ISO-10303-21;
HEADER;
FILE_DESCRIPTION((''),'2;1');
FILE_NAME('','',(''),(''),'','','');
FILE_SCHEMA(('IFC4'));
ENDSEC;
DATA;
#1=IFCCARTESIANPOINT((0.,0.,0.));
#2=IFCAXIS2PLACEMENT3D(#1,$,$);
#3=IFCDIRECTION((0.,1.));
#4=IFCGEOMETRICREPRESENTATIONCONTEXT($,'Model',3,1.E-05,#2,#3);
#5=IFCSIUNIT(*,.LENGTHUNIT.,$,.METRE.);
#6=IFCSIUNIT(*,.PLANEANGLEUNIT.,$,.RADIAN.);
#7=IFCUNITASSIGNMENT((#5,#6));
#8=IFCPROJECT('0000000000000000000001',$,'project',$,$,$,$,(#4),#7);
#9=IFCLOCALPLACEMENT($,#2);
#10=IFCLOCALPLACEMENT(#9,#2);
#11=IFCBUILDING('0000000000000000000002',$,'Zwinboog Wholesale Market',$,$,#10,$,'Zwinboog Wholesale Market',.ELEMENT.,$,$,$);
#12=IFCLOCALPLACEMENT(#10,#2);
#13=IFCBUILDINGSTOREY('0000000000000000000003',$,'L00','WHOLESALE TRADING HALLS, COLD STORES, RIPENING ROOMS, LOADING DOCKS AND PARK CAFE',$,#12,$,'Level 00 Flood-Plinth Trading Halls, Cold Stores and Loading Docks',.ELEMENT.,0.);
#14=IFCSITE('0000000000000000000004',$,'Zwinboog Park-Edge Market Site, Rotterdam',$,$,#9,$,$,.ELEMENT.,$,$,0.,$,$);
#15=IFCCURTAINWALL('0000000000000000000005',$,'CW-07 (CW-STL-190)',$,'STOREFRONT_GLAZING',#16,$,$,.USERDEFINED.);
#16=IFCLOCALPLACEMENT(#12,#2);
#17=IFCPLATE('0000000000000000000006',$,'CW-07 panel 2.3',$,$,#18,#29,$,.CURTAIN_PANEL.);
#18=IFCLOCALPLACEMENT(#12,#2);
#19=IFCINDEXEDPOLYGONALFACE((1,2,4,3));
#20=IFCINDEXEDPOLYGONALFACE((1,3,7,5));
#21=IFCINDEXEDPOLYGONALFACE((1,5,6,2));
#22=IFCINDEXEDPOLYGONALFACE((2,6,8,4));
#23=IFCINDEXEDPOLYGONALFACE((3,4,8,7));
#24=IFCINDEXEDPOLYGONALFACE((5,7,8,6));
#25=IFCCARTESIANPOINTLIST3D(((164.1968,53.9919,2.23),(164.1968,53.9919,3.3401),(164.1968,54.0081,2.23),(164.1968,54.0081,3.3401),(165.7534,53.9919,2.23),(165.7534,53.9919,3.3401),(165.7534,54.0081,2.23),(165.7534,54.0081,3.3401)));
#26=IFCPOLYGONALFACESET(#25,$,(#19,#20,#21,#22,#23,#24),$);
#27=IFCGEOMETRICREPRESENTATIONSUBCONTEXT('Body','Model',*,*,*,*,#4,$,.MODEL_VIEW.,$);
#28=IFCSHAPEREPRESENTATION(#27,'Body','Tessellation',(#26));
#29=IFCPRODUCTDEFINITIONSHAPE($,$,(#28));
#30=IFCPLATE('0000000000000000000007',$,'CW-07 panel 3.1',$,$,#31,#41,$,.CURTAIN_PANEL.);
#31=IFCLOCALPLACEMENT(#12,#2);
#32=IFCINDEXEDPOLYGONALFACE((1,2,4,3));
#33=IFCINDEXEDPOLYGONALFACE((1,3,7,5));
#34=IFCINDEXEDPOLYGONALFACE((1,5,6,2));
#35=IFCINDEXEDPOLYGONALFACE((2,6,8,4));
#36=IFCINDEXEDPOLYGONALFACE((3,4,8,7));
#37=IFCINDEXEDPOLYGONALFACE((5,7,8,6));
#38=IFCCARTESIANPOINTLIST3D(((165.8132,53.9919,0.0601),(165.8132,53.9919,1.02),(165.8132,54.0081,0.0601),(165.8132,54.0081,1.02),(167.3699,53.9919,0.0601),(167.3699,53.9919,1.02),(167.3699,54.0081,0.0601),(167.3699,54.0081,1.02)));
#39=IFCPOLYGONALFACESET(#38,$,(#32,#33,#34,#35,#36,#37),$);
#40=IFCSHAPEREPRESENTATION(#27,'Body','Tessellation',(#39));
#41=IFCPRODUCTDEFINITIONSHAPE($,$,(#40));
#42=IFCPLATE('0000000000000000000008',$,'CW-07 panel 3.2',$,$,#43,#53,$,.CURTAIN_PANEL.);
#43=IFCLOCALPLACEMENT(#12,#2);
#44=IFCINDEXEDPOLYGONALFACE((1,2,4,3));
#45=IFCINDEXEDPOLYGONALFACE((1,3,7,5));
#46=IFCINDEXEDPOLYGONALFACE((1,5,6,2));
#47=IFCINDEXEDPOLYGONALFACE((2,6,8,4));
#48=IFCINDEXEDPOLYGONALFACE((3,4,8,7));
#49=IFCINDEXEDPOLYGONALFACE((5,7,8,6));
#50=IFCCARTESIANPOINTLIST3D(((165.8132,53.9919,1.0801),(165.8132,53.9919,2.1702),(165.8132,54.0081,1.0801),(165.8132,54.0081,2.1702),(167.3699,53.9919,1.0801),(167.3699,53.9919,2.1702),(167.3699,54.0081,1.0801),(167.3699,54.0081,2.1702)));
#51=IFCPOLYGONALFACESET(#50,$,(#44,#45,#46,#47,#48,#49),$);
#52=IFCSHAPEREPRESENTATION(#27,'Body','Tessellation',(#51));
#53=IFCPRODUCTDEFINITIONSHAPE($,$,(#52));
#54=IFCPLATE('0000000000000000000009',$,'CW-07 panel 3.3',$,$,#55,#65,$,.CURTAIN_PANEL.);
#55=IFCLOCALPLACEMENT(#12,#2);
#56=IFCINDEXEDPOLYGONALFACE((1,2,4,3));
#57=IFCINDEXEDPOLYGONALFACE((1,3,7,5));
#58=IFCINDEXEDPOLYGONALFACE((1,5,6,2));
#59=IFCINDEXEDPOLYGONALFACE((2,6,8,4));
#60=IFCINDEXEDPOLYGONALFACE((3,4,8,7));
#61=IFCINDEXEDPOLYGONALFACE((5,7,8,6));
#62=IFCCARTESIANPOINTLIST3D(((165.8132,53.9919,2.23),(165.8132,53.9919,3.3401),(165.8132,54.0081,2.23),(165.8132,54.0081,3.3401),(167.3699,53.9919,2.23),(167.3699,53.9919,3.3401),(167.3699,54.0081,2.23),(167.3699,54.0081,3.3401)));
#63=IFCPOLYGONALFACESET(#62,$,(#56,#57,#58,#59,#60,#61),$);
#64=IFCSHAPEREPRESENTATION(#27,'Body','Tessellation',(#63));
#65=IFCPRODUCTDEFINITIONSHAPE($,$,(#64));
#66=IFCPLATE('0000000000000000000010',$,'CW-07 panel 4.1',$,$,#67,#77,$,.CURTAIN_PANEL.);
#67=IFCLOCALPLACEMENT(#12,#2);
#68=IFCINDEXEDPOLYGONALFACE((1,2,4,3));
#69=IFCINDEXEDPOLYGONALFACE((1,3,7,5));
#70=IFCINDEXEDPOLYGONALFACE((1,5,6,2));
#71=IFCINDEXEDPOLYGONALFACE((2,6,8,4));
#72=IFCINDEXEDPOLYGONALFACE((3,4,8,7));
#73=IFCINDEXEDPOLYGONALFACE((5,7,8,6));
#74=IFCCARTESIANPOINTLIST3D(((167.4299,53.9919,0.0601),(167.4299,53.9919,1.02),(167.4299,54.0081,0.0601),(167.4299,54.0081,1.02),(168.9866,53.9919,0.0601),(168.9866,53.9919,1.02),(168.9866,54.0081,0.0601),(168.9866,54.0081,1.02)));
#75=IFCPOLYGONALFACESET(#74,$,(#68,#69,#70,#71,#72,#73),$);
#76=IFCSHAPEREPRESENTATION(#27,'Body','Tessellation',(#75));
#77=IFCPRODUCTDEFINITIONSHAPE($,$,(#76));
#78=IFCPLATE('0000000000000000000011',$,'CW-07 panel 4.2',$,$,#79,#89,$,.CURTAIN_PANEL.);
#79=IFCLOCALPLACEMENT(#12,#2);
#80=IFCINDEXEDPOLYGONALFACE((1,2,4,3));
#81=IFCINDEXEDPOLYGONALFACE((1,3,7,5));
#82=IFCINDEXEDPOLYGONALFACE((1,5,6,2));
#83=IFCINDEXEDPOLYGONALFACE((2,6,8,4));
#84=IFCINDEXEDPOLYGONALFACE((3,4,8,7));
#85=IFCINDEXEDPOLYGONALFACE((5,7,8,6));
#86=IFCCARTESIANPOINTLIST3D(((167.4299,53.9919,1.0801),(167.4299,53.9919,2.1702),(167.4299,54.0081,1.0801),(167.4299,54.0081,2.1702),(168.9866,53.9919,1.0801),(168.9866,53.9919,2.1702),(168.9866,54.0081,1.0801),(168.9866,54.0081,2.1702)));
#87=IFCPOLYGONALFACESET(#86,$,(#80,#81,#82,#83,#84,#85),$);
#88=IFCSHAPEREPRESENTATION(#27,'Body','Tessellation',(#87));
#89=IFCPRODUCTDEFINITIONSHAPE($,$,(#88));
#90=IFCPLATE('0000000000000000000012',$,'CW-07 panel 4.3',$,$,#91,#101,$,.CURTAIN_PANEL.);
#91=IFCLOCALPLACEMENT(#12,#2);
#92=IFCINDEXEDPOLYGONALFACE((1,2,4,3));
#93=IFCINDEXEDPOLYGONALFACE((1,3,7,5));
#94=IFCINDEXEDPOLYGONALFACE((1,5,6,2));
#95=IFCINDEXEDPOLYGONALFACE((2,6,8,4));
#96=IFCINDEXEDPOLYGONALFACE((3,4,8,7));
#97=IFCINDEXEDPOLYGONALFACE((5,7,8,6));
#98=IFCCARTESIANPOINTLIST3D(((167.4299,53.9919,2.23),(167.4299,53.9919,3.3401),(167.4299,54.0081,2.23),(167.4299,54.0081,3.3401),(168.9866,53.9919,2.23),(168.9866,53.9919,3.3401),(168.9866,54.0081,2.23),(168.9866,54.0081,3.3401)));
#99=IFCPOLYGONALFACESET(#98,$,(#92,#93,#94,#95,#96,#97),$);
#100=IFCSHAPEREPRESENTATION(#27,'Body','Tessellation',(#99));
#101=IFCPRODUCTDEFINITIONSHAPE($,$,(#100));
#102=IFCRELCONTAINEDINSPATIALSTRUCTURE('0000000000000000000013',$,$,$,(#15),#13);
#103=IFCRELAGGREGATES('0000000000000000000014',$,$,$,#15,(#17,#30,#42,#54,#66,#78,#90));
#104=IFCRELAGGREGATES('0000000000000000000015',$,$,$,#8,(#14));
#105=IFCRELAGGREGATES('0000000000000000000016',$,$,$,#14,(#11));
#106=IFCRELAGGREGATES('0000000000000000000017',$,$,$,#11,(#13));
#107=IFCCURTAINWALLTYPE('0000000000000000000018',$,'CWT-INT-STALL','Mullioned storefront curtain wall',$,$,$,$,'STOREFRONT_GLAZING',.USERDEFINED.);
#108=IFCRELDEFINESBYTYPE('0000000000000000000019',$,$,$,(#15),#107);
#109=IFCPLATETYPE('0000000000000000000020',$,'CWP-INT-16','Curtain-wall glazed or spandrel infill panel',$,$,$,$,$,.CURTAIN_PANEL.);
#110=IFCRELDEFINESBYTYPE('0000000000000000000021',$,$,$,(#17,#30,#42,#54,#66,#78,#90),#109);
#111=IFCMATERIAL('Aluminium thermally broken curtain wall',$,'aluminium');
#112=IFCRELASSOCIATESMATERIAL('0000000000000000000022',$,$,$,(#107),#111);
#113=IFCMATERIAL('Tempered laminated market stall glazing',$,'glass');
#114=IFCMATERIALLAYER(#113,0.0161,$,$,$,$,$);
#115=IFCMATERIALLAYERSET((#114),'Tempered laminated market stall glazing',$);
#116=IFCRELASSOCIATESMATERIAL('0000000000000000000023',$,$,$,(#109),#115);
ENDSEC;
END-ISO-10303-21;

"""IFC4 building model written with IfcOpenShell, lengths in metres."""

from ifc_helpers import new_model, si_unit, direction, frame, origin, origin_2d, place, context, subcontext, project, spatial, rectangle, extrude, material, layer, layer_set, type_object, element, aggregate, save


model = new_model("IFC4")

# Units and contexts
model_context = context("Model", 3, precision=1e-05, world=origin(), true_north=direction((0.0, 1.0)))
body_context = subcontext(model_context, "Body", "Model", "MODEL_VIEW")
ifc_project = project(units=[si_unit("LENGTHUNIT", "METRE"), si_unit("PLANEANGLEUNIT", "RADIAN")], contexts=[model_context])

# Site, building, storey
site_placement = place(None, origin())
site = spatial("IfcSite", under=ifc_project, at=site_placement, Name="Zwinboog Park-Edge Market Site, Rotterdam", CompositionType="ELEMENT", RefElevation=0.0)
building_placement = place(site_placement, origin())
building = spatial("IfcBuilding", under=site, at=building_placement, Name="Zwinboog Wholesale Market", LongName="Zwinboog Wholesale Market", CompositionType="ELEMENT")
storey_placement = place(building_placement, origin())
storey = spatial("IfcBuildingStorey", under=building, at=storey_placement, Name="L00", Description="WHOLESALE TRADING HALLS, COLD STORES, RIPENING ROOMS, LOADING DOCKS AND PARK CAFE", LongName="Level 00 Flood-Plinth Trading Halls, Cold Stores and Loading Docks", CompositionType="ELEMENT", Elevation=0.0)

# Curtain wall, plates
ifc_material_1 = material(Name="Aluminium thermally broken curtain wall", Category="aluminium")
curtain_wall_type = type_object("IfcCurtainWallType", Name="CWT-INT-STALL", Description="Mullioned storefront curtain wall", ElementType="STOREFRONT_GLAZING", PredefinedType="USERDEFINED", material=ifc_material_1)
curtain_wall_placement = place(storey_placement, origin())
curtain_wall = element("IfcCurtainWall", 1, at=curtain_wall_placement, inside=storey, type_object=curtain_wall_type, Name="CW-07 (CW-STL-190)", ObjectType="STOREFRONT_GLAZING", PredefinedType="USERDEFINED")
ifc_material_2 = material(Name="Tempered laminated market stall glazing", Category="glass")
ifc_layer = layer(ifc_material_2, 0.0161)
ifc_layer_set = layer_set([ifc_layer], Name="Tempered laminated market stall glazing")
plate_type = type_object("IfcPlateType", Name="CWP-INT-16", Description="Curtain-wall glazed or spandrel infill panel", PredefinedType="CURTAIN_PANEL", material=ifc_layer_set)
plate_1_placement = place(storey_placement, frame((164.9751, 54.0, 2.23), z_axis=(0.0, 0.0, 1.0), x_axis=(1.0, 0.0, 0.0)))
plate_1 = element("IfcPlate", 2, at=plate_1_placement, type_object=plate_type, Name="CW-07 panel 2.3", PredefinedType="CURTAIN_PANEL", context=body_context, shape_type="SweptSolid", body=[
    extrude(rectangle(XDim=1.5566, YDim=0.0161, at=origin_2d()), origin(), (0.0, 0.0, 1.0), 1.1101),
])
plate_2_placement = place(storey_placement, frame((166.5916, 54.0, 0.0601), z_axis=(0.0, 0.0, 1.0), x_axis=(1.0, 0.0, 0.0)))
plate_2 = element("IfcPlate", 3, at=plate_2_placement, type_object=plate_type, Name="CW-07 panel 3.1", PredefinedType="CURTAIN_PANEL", context=body_context, shape_type="SweptSolid", body=[
    extrude(rectangle(XDim=1.5566, YDim=0.0161, at=origin_2d()), origin(), (0.0, 0.0, 1.0), 0.96),
])
plate_3_placement = place(storey_placement, frame((166.5916, 54.0, 1.0801), z_axis=(0.0, 0.0, 1.0), x_axis=(1.0, 0.0, 0.0)))
plate_3 = element("IfcPlate", 4, at=plate_3_placement, type_object=plate_type, Name="CW-07 panel 3.2", PredefinedType="CURTAIN_PANEL", context=body_context, shape_type="SweptSolid", body=[
    extrude(rectangle(XDim=1.5566, YDim=0.0161, at=origin_2d()), origin(), (0.0, 0.0, 1.0), 1.0901),
])
plate_4_placement = place(storey_placement, frame((166.5916, 54.0, 2.23), z_axis=(0.0, 0.0, 1.0), x_axis=(1.0, 0.0, 0.0)))
plate_4 = element("IfcPlate", 5, at=plate_4_placement, type_object=plate_type, Name="CW-07 panel 3.3", PredefinedType="CURTAIN_PANEL", context=body_context, shape_type="SweptSolid", body=[
    extrude(rectangle(XDim=1.5566, YDim=0.0161, at=origin_2d()), origin(), (0.0, 0.0, 1.0), 1.1101),
])
plate_5_placement = place(storey_placement, frame((168.2083, 54.0, 0.0601), z_axis=(0.0, 0.0, 1.0), x_axis=(1.0, 0.0, 0.0)))
plate_5 = element("IfcPlate", 6, at=plate_5_placement, type_object=plate_type, Name="CW-07 panel 4.1", PredefinedType="CURTAIN_PANEL", context=body_context, shape_type="SweptSolid", body=[
    extrude(rectangle(XDim=1.5566, YDim=0.0161, at=origin_2d()), origin(), (0.0, 0.0, 1.0), 0.96),
])
plate_6_placement = place(storey_placement, frame((168.2083, 54.0, 1.0801), z_axis=(0.0, 0.0, 1.0), x_axis=(1.0, 0.0, 0.0)))
plate_6 = element("IfcPlate", 7, at=plate_6_placement, type_object=plate_type, Name="CW-07 panel 4.2", PredefinedType="CURTAIN_PANEL", context=body_context, shape_type="SweptSolid", body=[
    extrude(rectangle(XDim=1.5566, YDim=0.0161, at=origin_2d()), origin(), (0.0, 0.0, 1.0), 1.0901),
])
plate_7_placement = place(storey_placement, frame((168.2083, 54.0, 2.23), z_axis=(0.0, 0.0, 1.0), x_axis=(1.0, 0.0, 0.0)))
plate_7 = element("IfcPlate", 8, at=plate_7_placement, type_object=plate_type, Name="CW-07 panel 4.3", PredefinedType="CURTAIN_PANEL", context=body_context, shape_type="SweptSolid", body=[
    extrude(rectangle(XDim=1.5566, YDim=0.0161, at=origin_2d()), origin(), (0.0, 0.0, 1.0), 1.1101),
])
aggregate(curtain_wall, [plate_1, plate_2, plate_3, plate_4, plate_5, plate_6, plate_7])

save(model, "model.ifc")
